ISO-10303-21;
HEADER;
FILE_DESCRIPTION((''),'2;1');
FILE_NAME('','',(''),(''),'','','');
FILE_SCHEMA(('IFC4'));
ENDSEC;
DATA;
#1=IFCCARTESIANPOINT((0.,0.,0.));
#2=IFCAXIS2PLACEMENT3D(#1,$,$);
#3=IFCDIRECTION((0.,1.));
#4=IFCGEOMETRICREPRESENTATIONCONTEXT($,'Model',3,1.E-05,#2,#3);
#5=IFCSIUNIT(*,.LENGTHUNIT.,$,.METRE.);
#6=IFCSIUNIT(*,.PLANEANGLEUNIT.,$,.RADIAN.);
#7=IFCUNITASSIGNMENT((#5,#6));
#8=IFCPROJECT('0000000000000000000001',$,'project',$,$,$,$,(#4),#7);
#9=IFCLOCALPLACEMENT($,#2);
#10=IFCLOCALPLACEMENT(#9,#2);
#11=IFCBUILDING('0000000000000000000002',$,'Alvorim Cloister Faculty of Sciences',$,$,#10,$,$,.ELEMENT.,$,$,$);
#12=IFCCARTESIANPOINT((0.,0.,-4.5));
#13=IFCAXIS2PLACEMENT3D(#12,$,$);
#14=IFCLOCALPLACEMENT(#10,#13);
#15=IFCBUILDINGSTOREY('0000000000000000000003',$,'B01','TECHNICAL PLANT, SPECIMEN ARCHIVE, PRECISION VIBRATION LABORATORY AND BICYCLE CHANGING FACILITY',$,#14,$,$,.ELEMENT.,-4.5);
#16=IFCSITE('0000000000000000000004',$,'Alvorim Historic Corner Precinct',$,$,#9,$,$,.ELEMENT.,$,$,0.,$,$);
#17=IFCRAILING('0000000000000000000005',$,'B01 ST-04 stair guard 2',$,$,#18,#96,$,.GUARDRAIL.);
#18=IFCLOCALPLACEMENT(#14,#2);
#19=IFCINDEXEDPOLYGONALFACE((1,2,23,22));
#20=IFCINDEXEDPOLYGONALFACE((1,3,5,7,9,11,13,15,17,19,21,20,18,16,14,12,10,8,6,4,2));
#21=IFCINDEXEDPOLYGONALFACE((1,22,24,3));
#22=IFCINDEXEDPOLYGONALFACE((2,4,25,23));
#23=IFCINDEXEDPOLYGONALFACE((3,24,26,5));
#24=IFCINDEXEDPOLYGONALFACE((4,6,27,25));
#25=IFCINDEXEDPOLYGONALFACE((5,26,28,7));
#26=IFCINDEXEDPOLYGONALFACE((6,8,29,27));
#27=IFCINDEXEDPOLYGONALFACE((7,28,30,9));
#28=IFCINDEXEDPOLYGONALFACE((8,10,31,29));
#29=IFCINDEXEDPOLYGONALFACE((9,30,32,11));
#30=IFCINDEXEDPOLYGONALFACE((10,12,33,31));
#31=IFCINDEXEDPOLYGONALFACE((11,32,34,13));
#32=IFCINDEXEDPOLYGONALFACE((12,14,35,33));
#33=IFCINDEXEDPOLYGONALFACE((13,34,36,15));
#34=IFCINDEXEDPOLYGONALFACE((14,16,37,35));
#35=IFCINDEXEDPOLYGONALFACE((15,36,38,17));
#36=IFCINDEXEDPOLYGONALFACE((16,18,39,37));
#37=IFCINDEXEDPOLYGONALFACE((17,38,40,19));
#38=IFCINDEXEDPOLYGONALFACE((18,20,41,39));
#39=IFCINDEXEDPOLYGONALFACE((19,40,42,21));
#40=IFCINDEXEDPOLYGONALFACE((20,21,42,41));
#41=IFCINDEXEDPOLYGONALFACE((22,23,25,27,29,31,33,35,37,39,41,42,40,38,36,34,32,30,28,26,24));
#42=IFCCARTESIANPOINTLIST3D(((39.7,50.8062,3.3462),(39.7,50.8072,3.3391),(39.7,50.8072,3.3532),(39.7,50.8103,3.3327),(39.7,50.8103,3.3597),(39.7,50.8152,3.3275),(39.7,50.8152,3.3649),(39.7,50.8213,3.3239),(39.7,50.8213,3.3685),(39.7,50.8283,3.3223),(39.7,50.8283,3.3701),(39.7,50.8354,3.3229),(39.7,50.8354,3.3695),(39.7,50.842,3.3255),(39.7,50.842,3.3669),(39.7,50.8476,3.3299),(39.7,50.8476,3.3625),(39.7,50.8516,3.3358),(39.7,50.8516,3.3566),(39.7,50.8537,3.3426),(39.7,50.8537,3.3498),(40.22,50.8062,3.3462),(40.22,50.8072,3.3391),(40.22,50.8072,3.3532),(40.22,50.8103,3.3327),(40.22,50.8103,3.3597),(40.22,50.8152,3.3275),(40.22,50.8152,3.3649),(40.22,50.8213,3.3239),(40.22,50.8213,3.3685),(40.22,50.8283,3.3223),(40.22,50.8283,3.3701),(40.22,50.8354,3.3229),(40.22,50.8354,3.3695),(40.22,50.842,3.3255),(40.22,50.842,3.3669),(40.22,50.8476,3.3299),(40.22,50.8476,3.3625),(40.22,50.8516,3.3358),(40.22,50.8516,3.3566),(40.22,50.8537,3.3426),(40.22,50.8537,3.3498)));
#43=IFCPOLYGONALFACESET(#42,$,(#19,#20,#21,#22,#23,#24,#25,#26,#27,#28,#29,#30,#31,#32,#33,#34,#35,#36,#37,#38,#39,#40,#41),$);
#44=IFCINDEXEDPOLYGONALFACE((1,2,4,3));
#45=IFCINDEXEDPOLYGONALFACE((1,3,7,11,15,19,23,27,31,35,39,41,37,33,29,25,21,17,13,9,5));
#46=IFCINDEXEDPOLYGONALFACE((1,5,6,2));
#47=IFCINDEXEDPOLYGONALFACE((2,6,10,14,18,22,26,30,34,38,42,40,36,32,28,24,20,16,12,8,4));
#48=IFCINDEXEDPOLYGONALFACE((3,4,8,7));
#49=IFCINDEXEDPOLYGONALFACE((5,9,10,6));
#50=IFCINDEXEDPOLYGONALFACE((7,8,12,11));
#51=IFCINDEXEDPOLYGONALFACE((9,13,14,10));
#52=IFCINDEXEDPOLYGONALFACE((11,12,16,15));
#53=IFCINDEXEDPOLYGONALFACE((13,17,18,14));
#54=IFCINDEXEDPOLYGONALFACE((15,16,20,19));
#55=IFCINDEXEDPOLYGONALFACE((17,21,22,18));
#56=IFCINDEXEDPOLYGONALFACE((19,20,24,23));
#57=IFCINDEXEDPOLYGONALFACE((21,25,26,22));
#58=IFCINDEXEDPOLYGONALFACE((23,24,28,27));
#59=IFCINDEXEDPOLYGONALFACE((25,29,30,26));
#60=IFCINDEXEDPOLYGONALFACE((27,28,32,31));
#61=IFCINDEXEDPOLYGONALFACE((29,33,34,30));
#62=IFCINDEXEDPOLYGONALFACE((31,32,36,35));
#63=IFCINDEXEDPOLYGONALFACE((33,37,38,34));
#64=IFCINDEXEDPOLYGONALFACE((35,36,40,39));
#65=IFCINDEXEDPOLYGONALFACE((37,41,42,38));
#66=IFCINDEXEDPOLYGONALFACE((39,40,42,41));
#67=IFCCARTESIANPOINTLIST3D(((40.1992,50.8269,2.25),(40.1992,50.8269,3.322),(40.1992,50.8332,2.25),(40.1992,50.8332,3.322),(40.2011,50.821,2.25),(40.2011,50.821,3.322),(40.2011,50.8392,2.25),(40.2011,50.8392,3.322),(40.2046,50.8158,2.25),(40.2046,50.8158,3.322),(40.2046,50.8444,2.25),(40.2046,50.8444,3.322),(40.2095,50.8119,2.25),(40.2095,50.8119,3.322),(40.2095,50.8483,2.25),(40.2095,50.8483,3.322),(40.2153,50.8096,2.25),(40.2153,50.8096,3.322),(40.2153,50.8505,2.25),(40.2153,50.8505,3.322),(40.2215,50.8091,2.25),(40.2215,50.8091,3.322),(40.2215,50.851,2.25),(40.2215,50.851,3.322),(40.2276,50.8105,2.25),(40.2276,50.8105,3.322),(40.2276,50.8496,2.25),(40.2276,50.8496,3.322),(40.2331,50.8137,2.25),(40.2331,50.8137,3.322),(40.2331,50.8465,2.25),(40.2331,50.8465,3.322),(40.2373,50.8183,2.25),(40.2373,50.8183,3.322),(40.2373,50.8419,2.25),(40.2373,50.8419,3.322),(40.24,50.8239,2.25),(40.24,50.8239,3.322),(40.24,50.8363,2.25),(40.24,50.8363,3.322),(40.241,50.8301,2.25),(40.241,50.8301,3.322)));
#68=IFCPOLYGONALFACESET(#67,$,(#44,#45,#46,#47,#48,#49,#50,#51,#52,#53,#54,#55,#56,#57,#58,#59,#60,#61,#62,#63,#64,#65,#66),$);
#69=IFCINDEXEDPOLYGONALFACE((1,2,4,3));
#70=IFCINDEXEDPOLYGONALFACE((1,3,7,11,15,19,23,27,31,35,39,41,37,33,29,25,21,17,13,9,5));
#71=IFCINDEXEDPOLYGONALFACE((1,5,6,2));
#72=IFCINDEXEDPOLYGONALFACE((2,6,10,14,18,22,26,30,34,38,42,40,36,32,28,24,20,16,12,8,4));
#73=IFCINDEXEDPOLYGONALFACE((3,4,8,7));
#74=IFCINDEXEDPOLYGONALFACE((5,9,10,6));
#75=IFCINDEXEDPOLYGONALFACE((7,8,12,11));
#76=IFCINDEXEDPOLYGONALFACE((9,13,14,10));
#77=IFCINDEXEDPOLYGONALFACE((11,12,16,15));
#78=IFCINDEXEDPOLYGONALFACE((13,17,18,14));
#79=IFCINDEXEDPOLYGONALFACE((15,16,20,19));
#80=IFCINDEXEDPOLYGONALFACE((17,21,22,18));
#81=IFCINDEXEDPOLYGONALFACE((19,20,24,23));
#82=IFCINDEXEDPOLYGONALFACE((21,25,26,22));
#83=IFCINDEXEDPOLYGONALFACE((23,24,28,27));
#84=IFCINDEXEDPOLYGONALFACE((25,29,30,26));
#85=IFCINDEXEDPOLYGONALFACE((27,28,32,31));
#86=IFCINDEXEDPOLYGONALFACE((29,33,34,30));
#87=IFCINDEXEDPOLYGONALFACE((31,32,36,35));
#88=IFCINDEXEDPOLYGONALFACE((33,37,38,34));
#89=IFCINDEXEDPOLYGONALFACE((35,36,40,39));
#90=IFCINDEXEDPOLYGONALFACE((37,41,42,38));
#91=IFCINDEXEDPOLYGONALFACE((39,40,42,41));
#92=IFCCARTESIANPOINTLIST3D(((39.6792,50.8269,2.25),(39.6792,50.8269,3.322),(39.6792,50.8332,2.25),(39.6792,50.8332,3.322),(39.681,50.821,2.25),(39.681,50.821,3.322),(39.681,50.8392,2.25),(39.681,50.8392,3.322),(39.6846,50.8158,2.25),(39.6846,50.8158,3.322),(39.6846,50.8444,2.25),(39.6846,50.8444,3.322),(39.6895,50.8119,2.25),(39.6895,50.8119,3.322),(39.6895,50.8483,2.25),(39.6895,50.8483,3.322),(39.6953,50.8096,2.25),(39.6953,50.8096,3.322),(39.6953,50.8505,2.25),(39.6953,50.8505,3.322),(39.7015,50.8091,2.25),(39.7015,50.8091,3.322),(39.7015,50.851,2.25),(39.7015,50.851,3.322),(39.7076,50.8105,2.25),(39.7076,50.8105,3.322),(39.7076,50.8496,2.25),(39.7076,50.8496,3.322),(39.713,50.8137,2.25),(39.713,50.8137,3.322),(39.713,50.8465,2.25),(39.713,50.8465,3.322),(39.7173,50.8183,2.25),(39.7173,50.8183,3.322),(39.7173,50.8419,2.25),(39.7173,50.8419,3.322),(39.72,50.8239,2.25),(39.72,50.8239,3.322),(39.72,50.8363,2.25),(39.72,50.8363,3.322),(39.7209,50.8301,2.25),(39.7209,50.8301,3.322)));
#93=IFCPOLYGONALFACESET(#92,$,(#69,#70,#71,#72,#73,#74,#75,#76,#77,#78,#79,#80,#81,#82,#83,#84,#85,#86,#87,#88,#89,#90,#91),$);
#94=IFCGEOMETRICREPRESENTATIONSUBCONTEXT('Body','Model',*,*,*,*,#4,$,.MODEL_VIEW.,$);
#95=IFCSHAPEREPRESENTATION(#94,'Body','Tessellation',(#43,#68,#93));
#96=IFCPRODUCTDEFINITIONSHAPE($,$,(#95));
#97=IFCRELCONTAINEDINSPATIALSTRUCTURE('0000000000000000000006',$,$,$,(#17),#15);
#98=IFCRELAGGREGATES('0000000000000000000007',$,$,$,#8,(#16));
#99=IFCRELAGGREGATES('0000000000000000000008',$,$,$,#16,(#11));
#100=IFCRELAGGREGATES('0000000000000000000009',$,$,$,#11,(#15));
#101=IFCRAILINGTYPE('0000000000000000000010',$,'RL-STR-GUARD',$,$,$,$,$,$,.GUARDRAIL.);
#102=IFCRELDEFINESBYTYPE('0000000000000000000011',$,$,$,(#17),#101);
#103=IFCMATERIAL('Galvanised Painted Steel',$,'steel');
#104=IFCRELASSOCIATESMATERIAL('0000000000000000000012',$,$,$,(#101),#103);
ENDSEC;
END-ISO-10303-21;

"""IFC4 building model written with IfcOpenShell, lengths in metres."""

from ifc_helpers import new_model, si_unit, direction, frame, origin, origin_2d, place, context, subcontext, project, spatial, circle, extrude, material, type_object, element, save


model = new_model("IFC4")

# Units and contexts
model_context = context("Model", 3, precision=1e-05, world=origin(), true_north=direction((0.0, 1.0)))
body_context = subcontext(model_context, "Body", "Model", "MODEL_VIEW")
ifc_project = project(units=[si_unit("LENGTHUNIT", "METRE"), si_unit("PLANEANGLEUNIT", "RADIAN")], contexts=[model_context])

# Site, building, storey
site_placement = place(None, origin())
site = spatial("IfcSite", under=ifc_project, at=site_placement, Name="Alvorim Historic Corner Precinct", CompositionType="ELEMENT", RefElevation=0.0)
building_placement = place(site_placement, origin())
building = spatial("IfcBuilding", under=site, at=building_placement, Name="Alvorim Cloister Faculty of Sciences", CompositionType="ELEMENT")
storey_placement = place(building_placement, frame((0.0, 0.0, -4.5)))
storey = spatial("IfcBuildingStorey", under=building, at=storey_placement, Name="B01", Description="TECHNICAL PLANT, SPECIMEN ARCHIVE, PRECISION VIBRATION LABORATORY AND BICYCLE CHANGING FACILITY", CompositionType="ELEMENT", Elevation=-4.5)

# Railing
ifc_material_1 = material(Name="Galvanised Painted Steel", Category="steel")
railing_type_1 = type_object("IfcRailingType", Name="RL-STR-GUARD", PredefinedType="GUARDRAIL", material=ifc_material_1)
railing_1_placement = place(storey_placement, frame((40.22, 50.8301, 2.25)))
element("IfcRailing", 1, at=railing_1_placement, inside=storey, type_object=railing_type_1, Name="B01 ST-04 stair guard 2", PredefinedType="GUARDRAIL", context=body_context, shape_type="SweptSolid", body=[
    extrude(circle(Radius=0.0239, at=origin_2d()), frame((0.0, 0.0, 1.0962), z_axis=(-1.0, 0.0, 0.0), x_axis=(0.0, -1.0, 0.0)), (0.0, 0.0, 1.0), 0.52),
    extrude(circle(Radius=0.021, at=origin_2d()), origin(), (0.0, 0.0, 1.0), 1.072),
    extrude(circle(Radius=0.021, at=origin_2d()), frame((-0.52, 0.0, 0.0)), (0.0, 0.0, 1.0), 1.072),
])

save(model, "model.ifc")
